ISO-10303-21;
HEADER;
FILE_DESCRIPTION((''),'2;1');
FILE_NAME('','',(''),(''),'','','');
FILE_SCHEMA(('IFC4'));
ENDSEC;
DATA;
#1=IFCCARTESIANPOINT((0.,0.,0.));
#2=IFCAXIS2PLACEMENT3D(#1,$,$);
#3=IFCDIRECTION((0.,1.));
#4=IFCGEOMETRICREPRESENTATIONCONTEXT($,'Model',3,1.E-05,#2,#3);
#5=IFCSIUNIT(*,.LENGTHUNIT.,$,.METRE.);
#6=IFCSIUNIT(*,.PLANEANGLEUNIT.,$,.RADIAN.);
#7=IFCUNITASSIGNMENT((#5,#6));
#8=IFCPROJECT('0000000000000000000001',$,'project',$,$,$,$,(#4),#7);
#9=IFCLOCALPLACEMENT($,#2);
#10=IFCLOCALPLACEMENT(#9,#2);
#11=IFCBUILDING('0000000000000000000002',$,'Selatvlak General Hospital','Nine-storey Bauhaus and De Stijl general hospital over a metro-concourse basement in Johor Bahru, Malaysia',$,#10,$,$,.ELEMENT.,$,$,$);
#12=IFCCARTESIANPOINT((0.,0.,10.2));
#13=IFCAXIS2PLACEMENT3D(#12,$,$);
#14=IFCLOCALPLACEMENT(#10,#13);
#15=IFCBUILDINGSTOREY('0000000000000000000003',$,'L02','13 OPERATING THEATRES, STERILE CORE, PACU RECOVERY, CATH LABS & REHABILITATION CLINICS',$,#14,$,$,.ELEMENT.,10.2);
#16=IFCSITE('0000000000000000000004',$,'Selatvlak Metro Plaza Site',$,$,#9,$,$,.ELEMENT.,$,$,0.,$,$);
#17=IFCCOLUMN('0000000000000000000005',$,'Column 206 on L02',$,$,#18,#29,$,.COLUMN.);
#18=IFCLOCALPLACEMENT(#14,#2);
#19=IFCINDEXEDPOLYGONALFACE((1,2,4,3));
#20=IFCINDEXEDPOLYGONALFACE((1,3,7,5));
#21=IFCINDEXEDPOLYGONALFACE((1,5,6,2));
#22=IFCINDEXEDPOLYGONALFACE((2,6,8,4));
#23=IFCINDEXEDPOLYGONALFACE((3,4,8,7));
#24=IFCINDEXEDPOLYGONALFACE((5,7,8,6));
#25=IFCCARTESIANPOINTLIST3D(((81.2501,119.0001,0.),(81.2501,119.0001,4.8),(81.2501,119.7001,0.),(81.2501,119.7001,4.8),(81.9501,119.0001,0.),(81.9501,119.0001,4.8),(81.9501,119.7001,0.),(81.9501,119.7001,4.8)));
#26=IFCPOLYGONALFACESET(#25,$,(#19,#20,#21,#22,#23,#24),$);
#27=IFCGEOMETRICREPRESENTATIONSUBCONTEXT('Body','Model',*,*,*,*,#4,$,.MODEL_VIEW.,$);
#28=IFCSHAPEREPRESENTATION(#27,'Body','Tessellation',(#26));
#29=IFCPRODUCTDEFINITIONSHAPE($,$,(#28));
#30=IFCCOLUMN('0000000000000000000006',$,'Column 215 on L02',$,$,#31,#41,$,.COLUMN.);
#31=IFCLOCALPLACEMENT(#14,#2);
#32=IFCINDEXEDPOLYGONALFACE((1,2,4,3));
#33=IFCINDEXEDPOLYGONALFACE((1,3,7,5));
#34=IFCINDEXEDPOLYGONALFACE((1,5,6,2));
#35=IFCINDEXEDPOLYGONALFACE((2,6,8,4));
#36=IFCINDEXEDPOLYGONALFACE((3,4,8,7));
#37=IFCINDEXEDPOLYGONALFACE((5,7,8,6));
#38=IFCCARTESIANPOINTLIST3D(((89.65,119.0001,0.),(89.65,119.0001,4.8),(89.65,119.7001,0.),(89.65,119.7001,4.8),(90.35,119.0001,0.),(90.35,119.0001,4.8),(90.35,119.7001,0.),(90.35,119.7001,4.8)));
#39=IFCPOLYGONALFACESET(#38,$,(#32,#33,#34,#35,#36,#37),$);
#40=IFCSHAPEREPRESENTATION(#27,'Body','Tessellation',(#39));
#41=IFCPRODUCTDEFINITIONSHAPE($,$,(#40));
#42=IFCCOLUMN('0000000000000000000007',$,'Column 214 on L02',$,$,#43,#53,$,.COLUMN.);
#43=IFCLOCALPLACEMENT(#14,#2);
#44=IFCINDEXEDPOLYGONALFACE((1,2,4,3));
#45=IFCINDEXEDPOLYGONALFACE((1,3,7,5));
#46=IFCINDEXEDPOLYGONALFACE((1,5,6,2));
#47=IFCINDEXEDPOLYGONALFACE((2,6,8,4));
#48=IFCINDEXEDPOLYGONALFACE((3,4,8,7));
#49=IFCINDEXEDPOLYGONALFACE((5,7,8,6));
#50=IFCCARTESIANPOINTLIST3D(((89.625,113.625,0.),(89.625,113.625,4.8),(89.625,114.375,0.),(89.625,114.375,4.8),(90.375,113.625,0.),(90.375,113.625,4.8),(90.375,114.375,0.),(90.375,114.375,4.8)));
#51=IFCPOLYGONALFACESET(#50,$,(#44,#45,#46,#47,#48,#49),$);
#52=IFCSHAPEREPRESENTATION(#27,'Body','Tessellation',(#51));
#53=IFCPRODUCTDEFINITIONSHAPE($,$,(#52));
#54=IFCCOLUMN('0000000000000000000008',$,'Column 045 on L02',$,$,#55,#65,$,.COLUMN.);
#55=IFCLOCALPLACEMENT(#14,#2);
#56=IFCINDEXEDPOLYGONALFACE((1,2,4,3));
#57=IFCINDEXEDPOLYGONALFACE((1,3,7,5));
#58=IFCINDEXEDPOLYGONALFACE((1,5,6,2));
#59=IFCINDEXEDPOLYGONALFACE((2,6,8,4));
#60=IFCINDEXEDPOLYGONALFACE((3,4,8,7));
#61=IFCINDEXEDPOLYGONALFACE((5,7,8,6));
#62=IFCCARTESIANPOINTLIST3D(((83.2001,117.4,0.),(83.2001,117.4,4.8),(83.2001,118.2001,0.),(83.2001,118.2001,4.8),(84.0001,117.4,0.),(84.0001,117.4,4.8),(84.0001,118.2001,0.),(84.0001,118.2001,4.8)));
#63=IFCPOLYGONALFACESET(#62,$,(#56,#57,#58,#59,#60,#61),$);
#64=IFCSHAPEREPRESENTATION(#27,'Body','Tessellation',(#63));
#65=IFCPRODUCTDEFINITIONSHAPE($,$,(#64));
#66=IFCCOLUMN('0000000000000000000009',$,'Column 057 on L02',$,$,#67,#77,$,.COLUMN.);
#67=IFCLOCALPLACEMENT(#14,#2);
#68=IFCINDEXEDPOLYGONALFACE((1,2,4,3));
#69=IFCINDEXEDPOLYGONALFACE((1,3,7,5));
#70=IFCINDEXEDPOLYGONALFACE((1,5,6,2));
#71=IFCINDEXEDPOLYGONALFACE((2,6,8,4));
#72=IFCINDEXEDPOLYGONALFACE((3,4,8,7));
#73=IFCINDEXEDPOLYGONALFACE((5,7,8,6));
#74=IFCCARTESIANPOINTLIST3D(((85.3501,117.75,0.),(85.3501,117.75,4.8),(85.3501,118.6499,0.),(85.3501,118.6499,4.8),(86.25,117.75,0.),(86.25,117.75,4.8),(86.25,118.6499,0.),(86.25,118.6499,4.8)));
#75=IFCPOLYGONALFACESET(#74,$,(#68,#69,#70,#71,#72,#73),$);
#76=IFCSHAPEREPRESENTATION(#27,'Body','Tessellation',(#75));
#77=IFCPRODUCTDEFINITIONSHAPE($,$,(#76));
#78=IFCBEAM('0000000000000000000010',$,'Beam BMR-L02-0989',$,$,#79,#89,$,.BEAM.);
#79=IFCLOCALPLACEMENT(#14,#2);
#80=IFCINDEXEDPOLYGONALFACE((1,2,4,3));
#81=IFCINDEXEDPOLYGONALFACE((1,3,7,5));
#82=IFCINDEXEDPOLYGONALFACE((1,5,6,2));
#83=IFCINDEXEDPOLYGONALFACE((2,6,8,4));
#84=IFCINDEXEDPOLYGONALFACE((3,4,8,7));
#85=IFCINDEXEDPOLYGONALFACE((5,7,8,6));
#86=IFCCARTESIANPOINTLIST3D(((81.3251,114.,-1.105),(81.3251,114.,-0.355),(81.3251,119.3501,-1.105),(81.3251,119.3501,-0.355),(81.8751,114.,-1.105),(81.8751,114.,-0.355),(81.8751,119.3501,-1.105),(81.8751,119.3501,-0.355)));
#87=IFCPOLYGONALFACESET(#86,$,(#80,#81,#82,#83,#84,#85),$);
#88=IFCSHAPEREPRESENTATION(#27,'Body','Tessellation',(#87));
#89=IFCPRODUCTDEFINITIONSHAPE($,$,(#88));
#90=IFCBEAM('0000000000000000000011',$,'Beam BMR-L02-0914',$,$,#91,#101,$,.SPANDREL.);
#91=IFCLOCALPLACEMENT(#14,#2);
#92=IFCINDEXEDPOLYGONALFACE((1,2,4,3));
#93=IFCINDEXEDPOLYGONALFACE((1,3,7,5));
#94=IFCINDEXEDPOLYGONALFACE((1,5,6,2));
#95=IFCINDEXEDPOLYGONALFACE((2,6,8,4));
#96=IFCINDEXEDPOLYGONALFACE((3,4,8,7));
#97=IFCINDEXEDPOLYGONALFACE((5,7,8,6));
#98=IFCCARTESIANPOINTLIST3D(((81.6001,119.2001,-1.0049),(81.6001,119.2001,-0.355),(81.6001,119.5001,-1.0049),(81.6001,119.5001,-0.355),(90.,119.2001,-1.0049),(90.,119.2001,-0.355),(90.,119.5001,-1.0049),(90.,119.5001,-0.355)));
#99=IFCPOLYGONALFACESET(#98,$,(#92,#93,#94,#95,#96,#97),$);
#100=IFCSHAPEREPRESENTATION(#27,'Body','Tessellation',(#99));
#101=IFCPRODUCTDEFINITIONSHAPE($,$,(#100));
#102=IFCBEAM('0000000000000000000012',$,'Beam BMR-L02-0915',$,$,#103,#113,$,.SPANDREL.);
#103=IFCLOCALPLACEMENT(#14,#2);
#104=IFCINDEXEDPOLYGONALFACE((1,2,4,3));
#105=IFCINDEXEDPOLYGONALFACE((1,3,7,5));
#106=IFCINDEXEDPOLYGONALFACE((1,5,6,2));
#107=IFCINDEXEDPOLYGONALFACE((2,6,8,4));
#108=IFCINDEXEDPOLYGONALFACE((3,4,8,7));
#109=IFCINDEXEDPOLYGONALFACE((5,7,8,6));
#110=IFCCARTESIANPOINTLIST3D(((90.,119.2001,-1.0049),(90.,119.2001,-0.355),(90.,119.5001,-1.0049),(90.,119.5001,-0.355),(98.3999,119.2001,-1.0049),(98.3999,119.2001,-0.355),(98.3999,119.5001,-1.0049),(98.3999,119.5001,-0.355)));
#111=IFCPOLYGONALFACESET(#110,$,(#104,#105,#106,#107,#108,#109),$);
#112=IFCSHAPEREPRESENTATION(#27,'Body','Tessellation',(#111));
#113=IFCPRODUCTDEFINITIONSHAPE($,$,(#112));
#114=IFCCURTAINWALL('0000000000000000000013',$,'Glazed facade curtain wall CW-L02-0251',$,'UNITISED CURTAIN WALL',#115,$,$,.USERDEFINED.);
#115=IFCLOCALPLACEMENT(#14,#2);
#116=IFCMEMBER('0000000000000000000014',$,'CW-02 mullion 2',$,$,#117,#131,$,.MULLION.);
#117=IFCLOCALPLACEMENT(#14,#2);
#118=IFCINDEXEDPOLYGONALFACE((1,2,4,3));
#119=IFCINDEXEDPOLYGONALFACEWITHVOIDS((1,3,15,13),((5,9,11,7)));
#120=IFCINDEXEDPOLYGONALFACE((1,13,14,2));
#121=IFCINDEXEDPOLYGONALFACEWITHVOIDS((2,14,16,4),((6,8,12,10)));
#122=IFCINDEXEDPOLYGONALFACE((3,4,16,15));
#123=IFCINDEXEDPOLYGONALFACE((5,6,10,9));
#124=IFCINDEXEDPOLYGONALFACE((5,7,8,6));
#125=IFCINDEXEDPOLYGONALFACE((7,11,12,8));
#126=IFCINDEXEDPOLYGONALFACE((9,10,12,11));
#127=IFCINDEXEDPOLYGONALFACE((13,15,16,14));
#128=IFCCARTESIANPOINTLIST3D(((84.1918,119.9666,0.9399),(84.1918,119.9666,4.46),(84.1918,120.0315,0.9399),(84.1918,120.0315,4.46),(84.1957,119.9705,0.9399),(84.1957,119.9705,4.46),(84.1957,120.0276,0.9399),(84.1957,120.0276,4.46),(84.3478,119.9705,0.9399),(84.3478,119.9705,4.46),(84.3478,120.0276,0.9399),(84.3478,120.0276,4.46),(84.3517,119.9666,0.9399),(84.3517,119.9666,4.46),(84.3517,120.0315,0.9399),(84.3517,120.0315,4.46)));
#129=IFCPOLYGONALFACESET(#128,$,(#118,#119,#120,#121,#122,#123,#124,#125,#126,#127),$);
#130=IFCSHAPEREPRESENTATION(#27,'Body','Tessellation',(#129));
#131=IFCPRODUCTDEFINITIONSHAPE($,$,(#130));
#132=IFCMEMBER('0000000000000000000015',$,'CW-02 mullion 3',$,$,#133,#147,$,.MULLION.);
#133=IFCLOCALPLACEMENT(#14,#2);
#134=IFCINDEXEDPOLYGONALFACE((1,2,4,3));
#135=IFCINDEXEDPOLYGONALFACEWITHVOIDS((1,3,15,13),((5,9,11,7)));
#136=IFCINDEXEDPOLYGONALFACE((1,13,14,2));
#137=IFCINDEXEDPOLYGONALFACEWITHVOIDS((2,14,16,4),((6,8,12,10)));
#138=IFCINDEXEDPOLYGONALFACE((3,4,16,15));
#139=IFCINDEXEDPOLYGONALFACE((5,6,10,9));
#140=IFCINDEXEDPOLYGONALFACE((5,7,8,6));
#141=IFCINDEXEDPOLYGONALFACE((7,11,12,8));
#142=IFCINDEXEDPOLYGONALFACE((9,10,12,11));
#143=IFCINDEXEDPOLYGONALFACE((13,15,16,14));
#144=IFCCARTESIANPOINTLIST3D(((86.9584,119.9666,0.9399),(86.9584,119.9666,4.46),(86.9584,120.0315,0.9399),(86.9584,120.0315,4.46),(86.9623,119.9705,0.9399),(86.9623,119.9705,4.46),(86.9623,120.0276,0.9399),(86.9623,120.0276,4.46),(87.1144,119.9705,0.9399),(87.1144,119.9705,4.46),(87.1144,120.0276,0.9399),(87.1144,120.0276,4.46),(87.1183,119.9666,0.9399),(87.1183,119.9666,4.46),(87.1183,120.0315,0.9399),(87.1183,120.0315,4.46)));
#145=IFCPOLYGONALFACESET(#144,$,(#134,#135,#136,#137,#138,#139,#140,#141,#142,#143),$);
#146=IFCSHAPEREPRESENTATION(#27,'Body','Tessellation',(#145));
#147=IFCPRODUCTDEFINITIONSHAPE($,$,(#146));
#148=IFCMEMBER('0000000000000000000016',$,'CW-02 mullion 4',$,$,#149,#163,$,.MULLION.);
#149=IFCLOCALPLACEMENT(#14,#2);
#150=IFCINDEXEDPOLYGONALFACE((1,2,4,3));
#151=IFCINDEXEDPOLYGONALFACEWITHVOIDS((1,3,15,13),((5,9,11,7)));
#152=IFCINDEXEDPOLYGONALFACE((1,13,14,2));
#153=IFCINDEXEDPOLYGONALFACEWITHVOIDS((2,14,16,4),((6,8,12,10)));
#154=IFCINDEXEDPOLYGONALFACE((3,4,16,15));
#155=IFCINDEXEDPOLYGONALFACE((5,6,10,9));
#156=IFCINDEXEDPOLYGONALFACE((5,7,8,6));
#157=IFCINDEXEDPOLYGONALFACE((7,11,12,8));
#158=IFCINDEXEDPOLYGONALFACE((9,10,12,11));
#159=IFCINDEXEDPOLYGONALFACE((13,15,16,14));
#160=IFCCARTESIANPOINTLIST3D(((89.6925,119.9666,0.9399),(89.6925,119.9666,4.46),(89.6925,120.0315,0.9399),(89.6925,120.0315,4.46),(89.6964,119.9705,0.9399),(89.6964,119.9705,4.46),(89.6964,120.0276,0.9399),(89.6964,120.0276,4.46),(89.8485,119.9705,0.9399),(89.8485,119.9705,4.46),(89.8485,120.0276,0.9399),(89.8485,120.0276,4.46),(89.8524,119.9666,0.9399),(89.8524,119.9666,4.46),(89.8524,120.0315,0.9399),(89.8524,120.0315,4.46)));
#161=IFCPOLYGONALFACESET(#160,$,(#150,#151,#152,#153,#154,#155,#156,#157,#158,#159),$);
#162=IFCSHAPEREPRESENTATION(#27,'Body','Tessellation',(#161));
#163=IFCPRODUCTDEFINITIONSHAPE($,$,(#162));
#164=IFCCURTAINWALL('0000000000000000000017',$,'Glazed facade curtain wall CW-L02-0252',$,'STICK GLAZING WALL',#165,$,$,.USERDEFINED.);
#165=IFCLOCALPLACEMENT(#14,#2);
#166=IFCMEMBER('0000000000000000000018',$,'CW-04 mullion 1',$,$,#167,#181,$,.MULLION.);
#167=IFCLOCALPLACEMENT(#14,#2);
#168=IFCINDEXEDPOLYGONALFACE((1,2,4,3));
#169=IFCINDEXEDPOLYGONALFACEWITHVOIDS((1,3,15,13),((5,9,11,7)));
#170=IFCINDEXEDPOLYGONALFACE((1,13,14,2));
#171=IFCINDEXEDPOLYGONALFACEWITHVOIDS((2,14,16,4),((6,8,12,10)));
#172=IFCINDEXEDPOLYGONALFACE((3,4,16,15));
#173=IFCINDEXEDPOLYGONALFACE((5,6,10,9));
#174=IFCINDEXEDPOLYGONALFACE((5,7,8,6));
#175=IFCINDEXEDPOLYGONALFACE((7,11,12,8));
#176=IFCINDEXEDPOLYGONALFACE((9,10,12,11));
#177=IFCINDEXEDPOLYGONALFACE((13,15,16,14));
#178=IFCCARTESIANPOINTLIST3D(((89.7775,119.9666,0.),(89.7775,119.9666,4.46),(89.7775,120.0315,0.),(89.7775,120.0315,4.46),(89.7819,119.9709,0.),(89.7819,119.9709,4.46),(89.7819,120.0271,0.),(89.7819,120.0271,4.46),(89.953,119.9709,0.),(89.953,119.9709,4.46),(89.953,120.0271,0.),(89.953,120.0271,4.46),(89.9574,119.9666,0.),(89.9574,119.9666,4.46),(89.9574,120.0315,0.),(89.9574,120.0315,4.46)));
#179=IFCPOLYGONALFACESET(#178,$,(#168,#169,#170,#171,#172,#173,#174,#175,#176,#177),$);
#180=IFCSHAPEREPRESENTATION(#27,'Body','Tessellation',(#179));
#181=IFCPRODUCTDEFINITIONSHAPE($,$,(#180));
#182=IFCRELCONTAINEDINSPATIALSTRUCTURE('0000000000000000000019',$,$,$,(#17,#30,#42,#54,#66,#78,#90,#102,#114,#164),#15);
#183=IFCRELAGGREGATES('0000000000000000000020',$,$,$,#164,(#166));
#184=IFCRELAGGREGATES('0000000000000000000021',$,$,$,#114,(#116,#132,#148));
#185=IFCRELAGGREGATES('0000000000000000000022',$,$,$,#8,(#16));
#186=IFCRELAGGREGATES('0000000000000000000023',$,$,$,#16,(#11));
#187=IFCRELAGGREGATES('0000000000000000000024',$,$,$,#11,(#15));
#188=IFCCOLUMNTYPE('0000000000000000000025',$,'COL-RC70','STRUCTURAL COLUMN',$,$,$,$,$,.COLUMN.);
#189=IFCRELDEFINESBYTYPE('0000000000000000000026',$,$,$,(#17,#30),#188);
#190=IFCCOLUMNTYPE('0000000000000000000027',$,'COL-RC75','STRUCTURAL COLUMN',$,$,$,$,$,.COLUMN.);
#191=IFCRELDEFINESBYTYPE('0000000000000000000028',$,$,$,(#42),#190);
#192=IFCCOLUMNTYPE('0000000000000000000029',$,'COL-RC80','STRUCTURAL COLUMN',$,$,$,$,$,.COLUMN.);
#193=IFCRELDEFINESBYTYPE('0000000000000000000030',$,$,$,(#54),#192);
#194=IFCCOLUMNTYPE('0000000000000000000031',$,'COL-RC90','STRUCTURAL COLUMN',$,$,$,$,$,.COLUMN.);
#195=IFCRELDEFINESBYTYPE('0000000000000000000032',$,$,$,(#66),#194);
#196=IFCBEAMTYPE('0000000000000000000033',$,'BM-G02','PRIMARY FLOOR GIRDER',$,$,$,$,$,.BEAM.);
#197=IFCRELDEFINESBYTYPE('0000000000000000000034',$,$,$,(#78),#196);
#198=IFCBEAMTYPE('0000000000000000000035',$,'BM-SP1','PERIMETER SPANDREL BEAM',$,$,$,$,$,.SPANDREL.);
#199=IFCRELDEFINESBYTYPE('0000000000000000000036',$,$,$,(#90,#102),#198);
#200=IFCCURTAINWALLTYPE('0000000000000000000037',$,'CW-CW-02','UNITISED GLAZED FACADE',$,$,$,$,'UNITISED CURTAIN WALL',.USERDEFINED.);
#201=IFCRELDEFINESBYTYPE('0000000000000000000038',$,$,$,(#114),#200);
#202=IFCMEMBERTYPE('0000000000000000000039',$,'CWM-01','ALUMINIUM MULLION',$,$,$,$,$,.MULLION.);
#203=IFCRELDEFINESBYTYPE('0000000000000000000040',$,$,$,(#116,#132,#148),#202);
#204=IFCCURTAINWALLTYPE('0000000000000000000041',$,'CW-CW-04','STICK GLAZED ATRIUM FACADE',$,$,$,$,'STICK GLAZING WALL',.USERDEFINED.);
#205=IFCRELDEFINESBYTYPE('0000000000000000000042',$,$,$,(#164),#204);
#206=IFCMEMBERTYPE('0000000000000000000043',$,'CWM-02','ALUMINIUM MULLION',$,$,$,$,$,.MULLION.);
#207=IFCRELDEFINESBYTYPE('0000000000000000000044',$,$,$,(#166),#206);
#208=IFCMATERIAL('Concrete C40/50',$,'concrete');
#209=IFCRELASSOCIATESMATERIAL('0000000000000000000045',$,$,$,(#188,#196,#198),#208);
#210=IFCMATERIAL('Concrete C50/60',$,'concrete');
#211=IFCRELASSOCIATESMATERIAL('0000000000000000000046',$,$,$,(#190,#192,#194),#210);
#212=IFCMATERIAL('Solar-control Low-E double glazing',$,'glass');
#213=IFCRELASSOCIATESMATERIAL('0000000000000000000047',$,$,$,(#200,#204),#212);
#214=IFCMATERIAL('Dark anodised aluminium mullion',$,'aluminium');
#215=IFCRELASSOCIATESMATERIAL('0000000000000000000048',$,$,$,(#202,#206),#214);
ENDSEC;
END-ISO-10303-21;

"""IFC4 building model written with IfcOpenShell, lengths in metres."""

from ifc_helpers import new_model, si_unit, direction, frame, origin, origin_2d, place, context, subcontext, project, spatial, rectangle, hollow_rectangle, extrude, material, material_profile, profile_set, type_object, element, aggregate, save


model = new_model("IFC4")

# Units and contexts
model_context = context("Model", 3, precision=1e-05, world=origin(), true_north=direction((0.0, 1.0)))
body_context = subcontext(model_context, "Body", "Model", "MODEL_VIEW")
ifc_project = project(units=[si_unit("LENGTHUNIT", "METRE"), si_unit("PLANEANGLEUNIT", "RADIAN")], contexts=[model_context])

# Site, building, storey
site_placement = place(None, origin())
site = spatial("IfcSite", under=ifc_project, at=site_placement, Name="Selatvlak Metro Plaza Site", CompositionType="ELEMENT", RefElevation=0.0)
building_placement = place(site_placement, origin())
building = spatial("IfcBuilding", under=site, at=building_placement, Name="Selatvlak General Hospital", Description="Nine-storey Bauhaus and De Stijl general hospital over a metro-concourse basement in Johor Bahru, Malaysia", CompositionType="ELEMENT")
storey_placement = place(building_placement, frame((0.0, 0.0, 10.2)))
storey = spatial("IfcBuildingStorey", under=building, at=storey_placement, Name="L02", Description="13 OPERATING THEATRES, STERILE CORE, PACU RECOVERY, CATH LABS & REHABILITATION CLINICS", CompositionType="ELEMENT", Elevation=10.2)

# Columns
ifc_material_1 = material(Name="Concrete C40/50", Category="concrete")
ifc_material_profile_1 = material_profile(ifc_material_1, rectangle(XDim=0.7, YDim=0.7, at=origin_2d()), Name="RC-COL 700x700")
ifc_profile_set_1 = profile_set([ifc_material_profile_1], Name="Concrete C40/50")
column_type_1 = type_object("IfcColumnType", Name="COL-RC70", Description="STRUCTURAL COLUMN", PredefinedType="COLUMN", material=ifc_profile_set_1)
for number, where, z_axis, x_axis, name in (
    (1, (81.6001, 119.3501, 0.0), (0.0, 0.0, 1.0), (1.0, 0.0, 0.0), "Column 206 on L02"),
    (2, (90.0, 119.3501, 0.0), (0.0, 0.0, 1.0), (1.0, 0.0, 0.0), "Column 215 on L02"),
):
    element("IfcColumn", number, at=place(storey_placement, frame(where, z_axis=z_axis, x_axis=x_axis)), inside=storey, type_object=column_type_1, Name=name, PredefinedType="COLUMN", context=body_context, shape_type="SweptSolid", body=[
        extrude(rectangle(XDim=0.7, YDim=0.7, at=origin_2d()), origin(), (0.0, 0.0, 1.0), 4.8),
    ])
ifc_material_2 = material(Name="Concrete C50/60", Category="concrete")
ifc_material_profile_2 = material_profile(ifc_material_2, rectangle(XDim=0.75, YDim=0.75, at=origin_2d()), Name="RC-COL 750x750")
ifc_profile_set_2 = profile_set([ifc_material_profile_2], Name="Concrete C50/60")
column_type_2 = type_object("IfcColumnType", Name="COL-RC75", Description="STRUCTURAL COLUMN", PredefinedType="COLUMN", material=ifc_profile_set_2)
column_1_placement = place(storey_placement, frame((90.0, 114.0, 0.0), z_axis=(0.0, 0.0, 1.0), x_axis=(1.0, 0.0, 0.0)))
element("IfcColumn", 3, at=column_1_placement, inside=storey, type_object=column_type_2, Name="Column 214 on L02", PredefinedType="COLUMN", context=body_context, shape_type="SweptSolid", body=[
    extrude(rectangle(XDim=0.75, YDim=0.75, at=origin_2d()), origin(), (0.0, 0.0, 1.0), 4.8),
])
ifc_material_profile_3 = material_profile(ifc_material_2, rectangle(XDim=0.8, YDim=0.8, at=origin_2d()), Name="RC-COL 800x800")
ifc_profile_set_3 = profile_set([ifc_material_profile_3], Name="Concrete C50/60")
column_type_3 = type_object("IfcColumnType", Name="COL-RC80", Description="STRUCTURAL COLUMN", PredefinedType="COLUMN", material=ifc_profile_set_3)
column_2_placement = place(storey_placement, frame((83.6001, 117.8, 0.0), z_axis=(0.0, 0.0, 1.0), x_axis=(1.0, 0.0, 0.0)))
element("IfcColumn", 4, at=column_2_placement, inside=storey, type_object=column_type_3, Name="Column 045 on L02", PredefinedType="COLUMN", context=body_context, shape_type="SweptSolid", body=[
    extrude(rectangle(XDim=0.8, YDim=0.8, at=origin_2d()), origin(), (0.0, 0.0, 1.0), 4.8),
])
ifc_material_profile_4 = material_profile(ifc_material_2, rectangle(XDim=0.8999, YDim=0.8999, at=origin_2d()), Name="RC-COL 900x900")
ifc_profile_set_4 = profile_set([ifc_material_profile_4], Name="Concrete C50/60")
column_type_4 = type_object("IfcColumnType", Name="COL-RC90", Description="STRUCTURAL COLUMN", PredefinedType="COLUMN", material=ifc_profile_set_4)
column_3_placement = place(storey_placement, frame((85.8, 118.2, 0.0), z_axis=(0.0, 0.0, 1.0), x_axis=(1.0, 0.0, 0.0)))
element("IfcColumn", 5, at=column_3_placement, inside=storey, type_object=column_type_4, Name="Column 057 on L02", PredefinedType="COLUMN", context=body_context, shape_type="SweptSolid", body=[
    extrude(rectangle(XDim=0.8999, YDim=0.8999, at=origin_2d()), origin(), (0.0, 0.0, 1.0), 4.8),
])

# Beams
ifc_material_profile_5 = material_profile(ifc_material_1, rectangle(XDim=0.55, YDim=0.75, at=origin_2d()), Name="RC-BM 550x750")
ifc_profile_set_5 = profile_set([ifc_material_profile_5], Name="Concrete C40/50")
beam_type_1 = type_object("IfcBeamType", Name="BM-G02", Description="PRIMARY FLOOR GIRDER", PredefinedType="BEAM", material=ifc_profile_set_5)
beam_placement = place(storey_placement, frame((81.6001, 114.0, -0.73), z_axis=(0.0, 1.0, 0.0), x_axis=(-1.0, 0.0, 0.0)))
element("IfcBeam", 6, at=beam_placement, inside=storey, type_object=beam_type_1, Name="Beam BMR-L02-0989", PredefinedType="BEAM", context=body_context, shape_type="SweptSolid", body=[
    extrude(rectangle(XDim=0.55, YDim=0.75, at=origin_2d()), origin(), (0.0, 0.0, 1.0), 5.3501),
])
ifc_material_profile_6 = material_profile(ifc_material_1, rectangle(XDim=0.3, YDim=0.6499, at=origin_2d()), Name="RC-SP 300x650")
ifc_profile_set_6 = profile_set([ifc_material_profile_6], Name="Concrete C40/50")
beam_type_2 = type_object("IfcBeamType", Name="BM-SP1", Description="PERIMETER SPANDREL BEAM", PredefinedType="SPANDREL", material=ifc_profile_set_6)
for number, where, z_axis, x_axis, name in (
    (7, (81.6001, 119.3501, -0.6799), (1.0, 0.0, 0.0), (0.0, 1.0, 0.0), "Beam BMR-L02-0914"),
    (8, (90.0, 119.3501, -0.6799), (1.0, 0.0, 0.0), (0.0, 1.0, 0.0), "Beam BMR-L02-0915"),
):
    element("IfcBeam", number, at=place(storey_placement, frame(where, z_axis=z_axis, x_axis=x_axis)), inside=storey, type_object=beam_type_2, Name=name, PredefinedType="SPANDREL", context=body_context, shape_type="SweptSolid", body=[
        extrude(rectangle(XDim=0.3, YDim=0.6499, at=origin_2d()), origin(), (0.0, 0.0, 1.0), 8.3999),
    ])

# Curtain wall, members
ifc_material_3 = material(Name="Solar-control Low-E double glazing", Category="glass")
curtain_wall_type_1 = type_object("IfcCurtainWallType", Name="CW-CW-02", Description="UNITISED GLAZED FACADE", ElementType="UNITISED CURTAIN WALL", PredefinedType="USERDEFINED", material=ifc_material_3)
curtain_wall_1_placement = place(storey_placement, origin())
curtain_wall_1 = element("IfcCurtainWall", 9, at=curtain_wall_1_placement, inside=storey, type_object=curtain_wall_type_1, Name="Glazed facade curtain wall CW-L02-0251", ObjectType="UNITISED CURTAIN WALL", PredefinedType="USERDEFINED")
ifc_material_4 = material(Name="Dark anodised aluminium mullion", Category="aluminium")
ifc_material_profile_7 = material_profile(ifc_material_4, hollow_rectangle(XDim=0.0649, YDim=0.1599, WallThickness=0.0039, at=origin_2d()), Name="AL-MUL 65x160x4")
ifc_profile_set_7 = profile_set([ifc_material_profile_7], Name="Dark anodised aluminium mullion")
member_type_1 = type_object("IfcMemberType", Name="CWM-01", Description="ALUMINIUM MULLION", PredefinedType="MULLION", material=ifc_profile_set_7)
member_1_placement = place(storey_placement, frame((84.2717, 119.999, 0.9399), z_axis=(0.0, 0.0, 1.0), x_axis=(0.0, 1.0, 0.0)))
member_1 = element("IfcMember", 10, at=member_1_placement, type_object=member_type_1, Name="CW-02 mullion 2", PredefinedType="MULLION", context=body_context, shape_type="SweptSolid", body=[
    extrude(hollow_rectangle(XDim=0.0649, YDim=0.1599, WallThickness=0.0039, at=origin_2d()), origin(), (0.0, 0.0, 1.0), 3.52),
])
member_2_placement = place(storey_placement, frame((87.0383, 119.999, 0.9399), z_axis=(0.0, 0.0, 1.0), x_axis=(0.0, 1.0, 0.0)))
member_2 = element("IfcMember", 11, at=member_2_placement, type_object=member_type_1, Name="CW-02 mullion 3", PredefinedType="MULLION", context=body_context, shape_type="SweptSolid", body=[
    extrude(hollow_rectangle(XDim=0.0649, YDim=0.1599, WallThickness=0.0039, at=origin_2d()), origin(), (0.0, 0.0, 1.0), 3.52),
])
member_3_placement = place(storey_placement, frame((89.7725, 119.999, 0.9399), z_axis=(0.0, 0.0, 1.0), x_axis=(0.0, 1.0, 0.0)))
member_3 = element("IfcMember", 12, at=member_3_placement, type_object=member_type_1, Name="CW-02 mullion 4", PredefinedType="MULLION", context=body_context, shape_type="SweptSolid", body=[
    extrude(hollow_rectangle(XDim=0.0649, YDim=0.1599, WallThickness=0.0039, at=origin_2d()), origin(), (0.0, 0.0, 1.0), 3.52),
])

# Curtain wall, member
curtain_wall_type_2 = type_object("IfcCurtainWallType", Name="CW-CW-04", Description="STICK GLAZED ATRIUM FACADE", ElementType="STICK GLAZING WALL", PredefinedType="USERDEFINED", material=ifc_material_3)
curtain_wall_2_placement = place(storey_placement, origin())
curtain_wall_2 = element("IfcCurtainWall", 13, at=curtain_wall_2_placement, inside=storey, type_object=curtain_wall_type_2, Name="Glazed facade curtain wall CW-L02-0252", ObjectType="STICK GLAZING WALL", PredefinedType="USERDEFINED")
ifc_material_profile_8 = material_profile(ifc_material_4, hollow_rectangle(XDim=0.0649, YDim=0.1799, WallThickness=0.0044, at=origin_2d()), Name="AL-MUL 65x180x4.5")
ifc_profile_set_8 = profile_set([ifc_material_profile_8], Name="Dark anodised aluminium mullion")
member_type_2 = type_object("IfcMemberType", Name="CWM-02", Description="ALUMINIUM MULLION", PredefinedType="MULLION", material=ifc_profile_set_8)
member_4_placement = place(storey_placement, frame((89.8674, 119.999, 0.0), z_axis=(0.0, 0.0, 1.0), x_axis=(0.0, 1.0, 0.0)))
member_4 = element("IfcMember", 14, at=member_4_placement, type_object=member_type_2, Name="CW-04 mullion 1", PredefinedType="MULLION", context=body_context, shape_type="SweptSolid", body=[
    extrude(hollow_rectangle(XDim=0.0649, YDim=0.1799, WallThickness=0.0044, at=origin_2d()), origin(), (0.0, 0.0, 1.0), 4.46),
])

aggregate(curtain_wall_2, [member_4])

aggregate(curtain_wall_1, [member_1, member_2, member_3])

save(model, "model.ifc")
